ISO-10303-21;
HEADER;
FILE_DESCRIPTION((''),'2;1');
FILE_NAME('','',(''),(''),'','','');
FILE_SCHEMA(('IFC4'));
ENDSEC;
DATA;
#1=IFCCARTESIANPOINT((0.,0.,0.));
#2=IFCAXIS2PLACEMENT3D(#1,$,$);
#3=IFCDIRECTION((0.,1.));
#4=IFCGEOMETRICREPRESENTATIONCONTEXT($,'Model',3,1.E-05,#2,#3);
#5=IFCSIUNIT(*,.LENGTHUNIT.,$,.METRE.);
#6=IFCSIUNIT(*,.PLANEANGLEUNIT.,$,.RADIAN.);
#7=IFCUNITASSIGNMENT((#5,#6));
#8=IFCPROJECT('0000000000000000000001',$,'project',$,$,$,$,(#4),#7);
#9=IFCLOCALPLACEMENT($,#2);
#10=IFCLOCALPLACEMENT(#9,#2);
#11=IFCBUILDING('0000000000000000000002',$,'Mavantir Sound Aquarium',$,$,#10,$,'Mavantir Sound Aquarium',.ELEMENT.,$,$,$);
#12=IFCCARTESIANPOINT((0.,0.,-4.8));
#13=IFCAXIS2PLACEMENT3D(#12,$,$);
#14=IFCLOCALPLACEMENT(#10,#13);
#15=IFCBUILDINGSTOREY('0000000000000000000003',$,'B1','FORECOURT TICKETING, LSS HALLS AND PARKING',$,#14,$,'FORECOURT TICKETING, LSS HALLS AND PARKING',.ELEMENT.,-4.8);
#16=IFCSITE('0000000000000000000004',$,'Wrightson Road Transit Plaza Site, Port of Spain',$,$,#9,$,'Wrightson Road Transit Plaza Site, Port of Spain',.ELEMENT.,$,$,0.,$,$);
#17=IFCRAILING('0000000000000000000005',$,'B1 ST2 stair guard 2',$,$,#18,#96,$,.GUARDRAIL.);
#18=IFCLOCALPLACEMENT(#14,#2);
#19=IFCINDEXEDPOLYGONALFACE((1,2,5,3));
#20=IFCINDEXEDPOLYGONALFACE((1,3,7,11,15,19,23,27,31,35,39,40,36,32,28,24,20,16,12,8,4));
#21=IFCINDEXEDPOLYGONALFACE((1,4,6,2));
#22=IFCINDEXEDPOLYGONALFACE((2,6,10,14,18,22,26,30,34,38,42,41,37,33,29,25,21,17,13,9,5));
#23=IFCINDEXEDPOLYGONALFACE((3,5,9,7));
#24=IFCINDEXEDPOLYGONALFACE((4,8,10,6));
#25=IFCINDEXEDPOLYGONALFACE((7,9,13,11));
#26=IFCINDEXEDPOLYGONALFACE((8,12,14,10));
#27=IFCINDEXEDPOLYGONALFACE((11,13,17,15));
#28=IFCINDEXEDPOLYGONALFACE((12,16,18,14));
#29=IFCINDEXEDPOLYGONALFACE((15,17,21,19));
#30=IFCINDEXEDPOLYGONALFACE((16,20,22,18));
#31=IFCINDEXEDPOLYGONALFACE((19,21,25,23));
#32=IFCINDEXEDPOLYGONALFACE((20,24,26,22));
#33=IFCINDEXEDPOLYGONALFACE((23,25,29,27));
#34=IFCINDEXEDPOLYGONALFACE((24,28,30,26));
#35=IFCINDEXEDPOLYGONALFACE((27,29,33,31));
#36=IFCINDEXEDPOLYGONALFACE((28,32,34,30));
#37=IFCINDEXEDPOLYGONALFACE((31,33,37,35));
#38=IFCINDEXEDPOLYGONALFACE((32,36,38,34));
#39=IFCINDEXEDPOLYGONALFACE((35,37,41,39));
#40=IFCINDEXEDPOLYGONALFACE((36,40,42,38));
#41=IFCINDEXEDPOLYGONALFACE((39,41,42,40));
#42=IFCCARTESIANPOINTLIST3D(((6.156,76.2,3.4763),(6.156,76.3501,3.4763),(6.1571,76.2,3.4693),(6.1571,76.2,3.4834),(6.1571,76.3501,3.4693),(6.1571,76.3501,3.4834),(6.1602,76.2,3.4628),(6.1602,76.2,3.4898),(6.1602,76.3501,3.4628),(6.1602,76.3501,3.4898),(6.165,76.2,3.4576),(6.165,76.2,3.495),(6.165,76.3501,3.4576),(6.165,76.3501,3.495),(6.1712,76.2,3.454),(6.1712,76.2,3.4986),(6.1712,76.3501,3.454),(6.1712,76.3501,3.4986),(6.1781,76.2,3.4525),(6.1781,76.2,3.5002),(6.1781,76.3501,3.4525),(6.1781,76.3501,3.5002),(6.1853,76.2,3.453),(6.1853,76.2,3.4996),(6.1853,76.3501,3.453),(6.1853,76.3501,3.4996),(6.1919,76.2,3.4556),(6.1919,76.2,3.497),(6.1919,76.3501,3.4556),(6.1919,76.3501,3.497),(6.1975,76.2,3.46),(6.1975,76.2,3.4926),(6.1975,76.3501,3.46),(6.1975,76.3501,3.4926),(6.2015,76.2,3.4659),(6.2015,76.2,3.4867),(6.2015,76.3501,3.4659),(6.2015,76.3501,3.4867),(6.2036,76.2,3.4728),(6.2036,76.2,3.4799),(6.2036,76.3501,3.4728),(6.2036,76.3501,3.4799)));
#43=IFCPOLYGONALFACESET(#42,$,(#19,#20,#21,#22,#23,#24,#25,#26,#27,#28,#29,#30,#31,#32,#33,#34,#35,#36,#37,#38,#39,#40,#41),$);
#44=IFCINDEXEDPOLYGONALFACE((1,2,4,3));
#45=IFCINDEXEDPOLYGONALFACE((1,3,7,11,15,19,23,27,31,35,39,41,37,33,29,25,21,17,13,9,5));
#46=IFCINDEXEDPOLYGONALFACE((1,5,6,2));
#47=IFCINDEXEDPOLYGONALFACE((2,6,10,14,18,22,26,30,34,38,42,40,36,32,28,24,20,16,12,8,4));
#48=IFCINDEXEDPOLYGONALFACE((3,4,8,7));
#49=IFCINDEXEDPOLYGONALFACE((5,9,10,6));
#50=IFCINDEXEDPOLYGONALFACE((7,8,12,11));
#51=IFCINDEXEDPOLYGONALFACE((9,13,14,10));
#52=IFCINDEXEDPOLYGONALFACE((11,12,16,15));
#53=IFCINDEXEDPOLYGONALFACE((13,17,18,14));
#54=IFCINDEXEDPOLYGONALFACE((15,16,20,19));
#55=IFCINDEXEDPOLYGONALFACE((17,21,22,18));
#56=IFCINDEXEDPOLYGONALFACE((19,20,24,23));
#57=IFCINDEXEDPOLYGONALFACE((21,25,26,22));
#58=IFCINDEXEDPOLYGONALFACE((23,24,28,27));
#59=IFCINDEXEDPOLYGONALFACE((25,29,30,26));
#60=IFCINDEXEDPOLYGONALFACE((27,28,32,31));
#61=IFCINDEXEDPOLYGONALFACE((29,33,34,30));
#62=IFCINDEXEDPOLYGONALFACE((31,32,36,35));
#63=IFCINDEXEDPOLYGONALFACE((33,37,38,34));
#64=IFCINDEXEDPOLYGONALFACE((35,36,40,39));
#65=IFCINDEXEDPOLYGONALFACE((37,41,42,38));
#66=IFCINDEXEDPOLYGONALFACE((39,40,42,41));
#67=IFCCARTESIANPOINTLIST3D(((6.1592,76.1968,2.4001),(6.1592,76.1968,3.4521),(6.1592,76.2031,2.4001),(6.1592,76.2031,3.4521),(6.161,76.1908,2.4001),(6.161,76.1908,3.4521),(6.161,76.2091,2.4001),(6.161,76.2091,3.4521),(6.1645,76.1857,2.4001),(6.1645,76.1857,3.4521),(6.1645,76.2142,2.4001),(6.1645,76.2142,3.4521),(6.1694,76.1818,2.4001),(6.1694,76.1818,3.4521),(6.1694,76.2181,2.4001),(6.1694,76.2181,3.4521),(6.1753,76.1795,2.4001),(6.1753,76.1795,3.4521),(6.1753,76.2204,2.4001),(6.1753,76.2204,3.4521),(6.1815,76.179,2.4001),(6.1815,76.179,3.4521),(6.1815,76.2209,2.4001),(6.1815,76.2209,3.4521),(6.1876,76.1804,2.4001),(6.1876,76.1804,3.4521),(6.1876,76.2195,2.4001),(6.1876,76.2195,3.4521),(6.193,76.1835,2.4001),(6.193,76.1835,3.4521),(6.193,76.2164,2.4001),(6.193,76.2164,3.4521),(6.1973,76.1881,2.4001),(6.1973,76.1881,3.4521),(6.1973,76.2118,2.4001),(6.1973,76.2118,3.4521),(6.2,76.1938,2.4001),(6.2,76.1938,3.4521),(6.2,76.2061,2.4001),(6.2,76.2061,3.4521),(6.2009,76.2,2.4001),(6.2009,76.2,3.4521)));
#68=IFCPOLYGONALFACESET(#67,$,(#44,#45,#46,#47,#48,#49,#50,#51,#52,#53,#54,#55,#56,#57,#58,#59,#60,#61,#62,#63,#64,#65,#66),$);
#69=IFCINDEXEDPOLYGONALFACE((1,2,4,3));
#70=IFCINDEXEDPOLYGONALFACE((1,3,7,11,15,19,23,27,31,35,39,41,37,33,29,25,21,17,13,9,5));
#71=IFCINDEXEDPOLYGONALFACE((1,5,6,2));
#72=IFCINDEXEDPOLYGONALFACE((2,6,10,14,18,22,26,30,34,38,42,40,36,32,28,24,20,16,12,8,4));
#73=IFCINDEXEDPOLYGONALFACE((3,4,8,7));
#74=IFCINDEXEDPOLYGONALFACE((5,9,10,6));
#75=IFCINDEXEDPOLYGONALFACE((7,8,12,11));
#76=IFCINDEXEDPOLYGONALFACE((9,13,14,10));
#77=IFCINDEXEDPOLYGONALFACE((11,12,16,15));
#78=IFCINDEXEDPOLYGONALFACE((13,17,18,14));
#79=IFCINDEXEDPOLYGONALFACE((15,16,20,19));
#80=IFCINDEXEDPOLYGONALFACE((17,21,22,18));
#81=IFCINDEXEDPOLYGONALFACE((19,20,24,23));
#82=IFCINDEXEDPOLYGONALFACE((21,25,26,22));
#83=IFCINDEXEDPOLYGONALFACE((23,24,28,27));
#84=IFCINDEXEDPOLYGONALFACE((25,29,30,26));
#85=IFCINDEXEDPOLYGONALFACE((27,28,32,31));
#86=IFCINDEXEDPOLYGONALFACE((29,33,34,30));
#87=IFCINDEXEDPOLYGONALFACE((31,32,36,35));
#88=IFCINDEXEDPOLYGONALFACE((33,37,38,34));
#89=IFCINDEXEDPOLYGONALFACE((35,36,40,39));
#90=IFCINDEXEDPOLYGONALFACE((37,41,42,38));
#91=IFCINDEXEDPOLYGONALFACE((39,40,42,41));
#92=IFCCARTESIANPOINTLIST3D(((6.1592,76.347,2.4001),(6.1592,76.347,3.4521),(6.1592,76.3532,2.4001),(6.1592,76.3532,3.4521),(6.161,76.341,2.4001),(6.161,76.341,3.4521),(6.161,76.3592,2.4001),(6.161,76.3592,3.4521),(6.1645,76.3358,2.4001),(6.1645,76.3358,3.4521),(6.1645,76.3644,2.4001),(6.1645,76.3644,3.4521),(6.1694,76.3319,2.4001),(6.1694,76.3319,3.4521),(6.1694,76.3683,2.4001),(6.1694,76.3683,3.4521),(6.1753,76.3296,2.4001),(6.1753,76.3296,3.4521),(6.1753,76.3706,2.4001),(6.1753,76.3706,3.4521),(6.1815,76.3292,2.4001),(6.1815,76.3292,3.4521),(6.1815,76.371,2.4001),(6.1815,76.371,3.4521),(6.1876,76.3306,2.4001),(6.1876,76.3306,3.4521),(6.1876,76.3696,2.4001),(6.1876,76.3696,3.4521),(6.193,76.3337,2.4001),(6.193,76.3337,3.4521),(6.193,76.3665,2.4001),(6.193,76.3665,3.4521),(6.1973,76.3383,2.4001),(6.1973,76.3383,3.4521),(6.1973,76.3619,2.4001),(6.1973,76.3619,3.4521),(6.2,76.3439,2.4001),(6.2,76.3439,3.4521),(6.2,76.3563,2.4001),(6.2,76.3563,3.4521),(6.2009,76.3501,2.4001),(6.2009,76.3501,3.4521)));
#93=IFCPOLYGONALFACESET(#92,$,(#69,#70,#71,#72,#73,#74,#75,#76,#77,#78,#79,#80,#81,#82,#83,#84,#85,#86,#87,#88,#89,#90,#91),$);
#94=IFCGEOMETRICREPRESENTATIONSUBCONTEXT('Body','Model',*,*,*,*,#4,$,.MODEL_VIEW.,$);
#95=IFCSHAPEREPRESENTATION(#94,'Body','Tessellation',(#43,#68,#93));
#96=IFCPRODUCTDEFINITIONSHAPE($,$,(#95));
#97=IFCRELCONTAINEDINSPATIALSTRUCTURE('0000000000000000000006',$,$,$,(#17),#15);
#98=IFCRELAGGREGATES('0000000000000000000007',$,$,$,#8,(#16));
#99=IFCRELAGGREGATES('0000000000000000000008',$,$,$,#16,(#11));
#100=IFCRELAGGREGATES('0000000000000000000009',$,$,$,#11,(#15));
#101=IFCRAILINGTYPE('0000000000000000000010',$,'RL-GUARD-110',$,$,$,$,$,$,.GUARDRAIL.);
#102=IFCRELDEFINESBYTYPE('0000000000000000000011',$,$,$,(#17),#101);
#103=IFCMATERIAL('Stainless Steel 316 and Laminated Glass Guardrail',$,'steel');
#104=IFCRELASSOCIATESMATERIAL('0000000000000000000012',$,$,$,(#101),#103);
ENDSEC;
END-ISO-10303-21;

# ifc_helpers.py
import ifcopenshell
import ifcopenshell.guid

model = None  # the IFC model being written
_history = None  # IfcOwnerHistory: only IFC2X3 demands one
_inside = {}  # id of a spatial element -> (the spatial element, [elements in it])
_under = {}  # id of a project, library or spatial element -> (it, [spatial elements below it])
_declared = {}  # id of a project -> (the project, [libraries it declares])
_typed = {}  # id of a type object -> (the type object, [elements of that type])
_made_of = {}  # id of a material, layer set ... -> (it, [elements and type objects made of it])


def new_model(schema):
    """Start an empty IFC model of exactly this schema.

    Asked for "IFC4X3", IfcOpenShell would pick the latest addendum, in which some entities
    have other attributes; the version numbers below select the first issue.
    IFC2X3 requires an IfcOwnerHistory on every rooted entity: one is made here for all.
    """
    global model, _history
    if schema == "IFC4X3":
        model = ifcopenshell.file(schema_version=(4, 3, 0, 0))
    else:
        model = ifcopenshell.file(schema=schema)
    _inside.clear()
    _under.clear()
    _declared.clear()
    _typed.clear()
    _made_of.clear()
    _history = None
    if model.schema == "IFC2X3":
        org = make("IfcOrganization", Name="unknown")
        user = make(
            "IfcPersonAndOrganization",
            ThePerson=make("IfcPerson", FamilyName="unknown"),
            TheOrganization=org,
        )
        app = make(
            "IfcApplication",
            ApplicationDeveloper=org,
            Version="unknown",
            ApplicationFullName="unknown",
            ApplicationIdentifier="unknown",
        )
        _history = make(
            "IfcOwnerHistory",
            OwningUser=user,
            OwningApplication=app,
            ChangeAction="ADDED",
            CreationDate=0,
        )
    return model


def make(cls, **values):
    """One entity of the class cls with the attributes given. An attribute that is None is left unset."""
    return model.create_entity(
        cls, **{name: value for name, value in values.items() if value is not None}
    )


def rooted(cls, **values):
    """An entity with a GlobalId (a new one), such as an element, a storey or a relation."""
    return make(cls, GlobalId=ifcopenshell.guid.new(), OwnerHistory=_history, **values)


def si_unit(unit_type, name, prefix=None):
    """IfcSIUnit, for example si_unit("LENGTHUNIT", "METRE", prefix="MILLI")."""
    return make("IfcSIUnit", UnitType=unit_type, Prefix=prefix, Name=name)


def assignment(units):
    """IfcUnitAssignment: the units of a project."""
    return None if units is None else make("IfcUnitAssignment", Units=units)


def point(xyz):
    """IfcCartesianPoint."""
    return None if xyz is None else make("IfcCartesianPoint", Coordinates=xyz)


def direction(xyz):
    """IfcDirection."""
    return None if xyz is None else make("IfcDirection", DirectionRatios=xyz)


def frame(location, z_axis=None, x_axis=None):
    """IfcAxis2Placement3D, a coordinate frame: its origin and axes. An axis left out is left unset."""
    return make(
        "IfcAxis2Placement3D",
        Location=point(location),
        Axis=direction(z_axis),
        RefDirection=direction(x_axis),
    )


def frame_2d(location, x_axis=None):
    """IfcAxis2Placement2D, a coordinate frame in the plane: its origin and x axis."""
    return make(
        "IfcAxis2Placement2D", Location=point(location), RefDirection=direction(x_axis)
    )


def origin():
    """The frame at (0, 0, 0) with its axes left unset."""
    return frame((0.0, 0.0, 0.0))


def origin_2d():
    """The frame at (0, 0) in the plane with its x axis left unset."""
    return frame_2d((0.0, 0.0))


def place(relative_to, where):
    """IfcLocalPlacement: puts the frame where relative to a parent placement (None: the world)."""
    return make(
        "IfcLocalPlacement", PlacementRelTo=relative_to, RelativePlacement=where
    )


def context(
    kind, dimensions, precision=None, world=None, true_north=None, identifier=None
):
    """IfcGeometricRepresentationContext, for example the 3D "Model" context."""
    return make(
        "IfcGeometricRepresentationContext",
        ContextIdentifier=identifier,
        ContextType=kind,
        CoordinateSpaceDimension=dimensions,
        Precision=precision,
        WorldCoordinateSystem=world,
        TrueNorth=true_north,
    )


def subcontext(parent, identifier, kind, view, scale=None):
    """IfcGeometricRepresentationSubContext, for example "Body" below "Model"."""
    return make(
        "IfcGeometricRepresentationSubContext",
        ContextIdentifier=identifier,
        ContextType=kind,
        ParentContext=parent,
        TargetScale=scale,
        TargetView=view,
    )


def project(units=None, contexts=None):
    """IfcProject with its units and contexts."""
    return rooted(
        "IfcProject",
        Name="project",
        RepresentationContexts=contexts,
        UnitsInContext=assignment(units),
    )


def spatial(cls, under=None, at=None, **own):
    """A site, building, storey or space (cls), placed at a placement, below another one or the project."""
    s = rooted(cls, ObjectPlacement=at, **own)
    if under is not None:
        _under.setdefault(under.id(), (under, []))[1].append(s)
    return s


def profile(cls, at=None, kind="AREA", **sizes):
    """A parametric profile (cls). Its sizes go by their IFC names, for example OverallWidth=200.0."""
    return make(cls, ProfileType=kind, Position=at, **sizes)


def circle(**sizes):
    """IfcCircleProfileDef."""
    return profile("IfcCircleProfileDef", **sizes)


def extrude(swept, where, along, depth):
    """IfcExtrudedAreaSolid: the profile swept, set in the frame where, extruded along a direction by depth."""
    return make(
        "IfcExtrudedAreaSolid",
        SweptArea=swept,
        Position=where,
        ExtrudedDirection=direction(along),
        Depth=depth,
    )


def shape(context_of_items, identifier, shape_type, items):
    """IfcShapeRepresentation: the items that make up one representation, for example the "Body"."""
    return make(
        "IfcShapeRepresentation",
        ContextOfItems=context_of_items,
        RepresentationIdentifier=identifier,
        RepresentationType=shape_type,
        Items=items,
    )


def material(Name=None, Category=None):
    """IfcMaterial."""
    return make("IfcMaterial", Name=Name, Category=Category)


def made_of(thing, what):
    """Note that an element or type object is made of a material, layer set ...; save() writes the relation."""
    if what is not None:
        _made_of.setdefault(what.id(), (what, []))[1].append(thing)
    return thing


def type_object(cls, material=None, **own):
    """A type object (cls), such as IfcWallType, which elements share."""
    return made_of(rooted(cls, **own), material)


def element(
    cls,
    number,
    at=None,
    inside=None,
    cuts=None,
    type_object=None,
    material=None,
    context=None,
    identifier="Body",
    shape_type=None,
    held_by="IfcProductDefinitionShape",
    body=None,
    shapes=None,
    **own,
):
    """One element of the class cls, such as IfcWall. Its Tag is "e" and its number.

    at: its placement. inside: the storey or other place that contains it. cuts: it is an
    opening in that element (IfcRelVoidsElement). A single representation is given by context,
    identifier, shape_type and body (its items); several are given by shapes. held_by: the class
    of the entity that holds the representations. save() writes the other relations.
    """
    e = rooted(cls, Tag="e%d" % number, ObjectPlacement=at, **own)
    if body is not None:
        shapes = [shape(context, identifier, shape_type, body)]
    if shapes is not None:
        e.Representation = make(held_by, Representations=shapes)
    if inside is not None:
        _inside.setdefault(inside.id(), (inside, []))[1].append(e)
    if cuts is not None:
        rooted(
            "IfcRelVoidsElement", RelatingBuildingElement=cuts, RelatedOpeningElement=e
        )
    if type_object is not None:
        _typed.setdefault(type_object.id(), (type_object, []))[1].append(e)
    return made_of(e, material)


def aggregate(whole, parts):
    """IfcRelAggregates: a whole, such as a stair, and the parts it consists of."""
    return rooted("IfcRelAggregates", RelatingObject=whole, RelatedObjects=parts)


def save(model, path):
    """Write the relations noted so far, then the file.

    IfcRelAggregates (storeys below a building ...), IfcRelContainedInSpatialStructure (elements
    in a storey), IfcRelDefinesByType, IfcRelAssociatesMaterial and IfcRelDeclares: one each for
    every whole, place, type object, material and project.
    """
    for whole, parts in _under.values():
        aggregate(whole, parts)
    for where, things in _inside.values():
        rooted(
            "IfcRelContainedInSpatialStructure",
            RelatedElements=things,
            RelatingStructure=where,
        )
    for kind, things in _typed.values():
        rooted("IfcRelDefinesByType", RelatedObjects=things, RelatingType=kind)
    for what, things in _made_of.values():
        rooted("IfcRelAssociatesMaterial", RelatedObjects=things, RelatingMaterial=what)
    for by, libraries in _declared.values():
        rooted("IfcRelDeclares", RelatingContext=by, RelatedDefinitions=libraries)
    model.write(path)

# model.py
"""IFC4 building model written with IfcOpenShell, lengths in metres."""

from ifc_helpers import new_model, si_unit, direction, frame, origin, origin_2d, place, context, subcontext, project, spatial, circle, extrude, material, type_object, element, save


model = new_model("IFC4")

# Units and contexts
model_context = context("Model", 3, precision=1e-05, world=origin(), true_north=direction((0.0, 1.0)))
body_context = subcontext(model_context, "Body", "Model", "MODEL_VIEW")
ifc_project = project(units=[si_unit("LENGTHUNIT", "METRE"), si_unit("PLANEANGLEUNIT", "RADIAN")], contexts=[model_context])

# Site, building, storey
site_placement = place(None, origin())
site = spatial("IfcSite", under=ifc_project, at=site_placement, Name="Wrightson Road Transit Plaza Site, Port of Spain", LongName="Wrightson Road Transit Plaza Site, Port of Spain", CompositionType="ELEMENT", RefElevation=0.0)
building_placement = place(site_placement, origin())
building = spatial("IfcBuilding", under=site, at=building_placement, Name="Mavantir Sound Aquarium", LongName="Mavantir Sound Aquarium", CompositionType="ELEMENT")
storey_placement = place(building_placement, frame((0.0, 0.0, -4.8)))
storey = spatial("IfcBuildingStorey", under=building, at=storey_placement, Name="B1", Description="FORECOURT TICKETING, LSS HALLS AND PARKING", LongName="FORECOURT TICKETING, LSS HALLS AND PARKING", CompositionType="ELEMENT", Elevation=-4.8)

# Railing
ifc_material_1 = material(Name="Stainless Steel 316 and Laminated Glass Guardrail", Category="steel")
railing_type_1 = type_object("IfcRailingType", Name="RL-GUARD-110", PredefinedType="GUARDRAIL", material=ifc_material_1)
railing_1_placement = place(storey_placement, frame((6.1799, 76.2, 2.4001)))
element("IfcRailing", 1, at=railing_1_placement, inside=storey, type_object=railing_type_1, Name="B1 ST2 stair guard 2", PredefinedType="GUARDRAIL", context=body_context, shape_type="SweptSolid", body=[
    extrude(circle(Radius=0.0239, at=origin_2d()), frame((0.0, 0.0, 1.0762), z_axis=(0.0, 1.0, 0.0), x_axis=(-1.0, 0.0, 0.0)), (0.0, 0.0, 1.0), 0.1501),
    extrude(circle(Radius=0.021, at=origin_2d()), origin(), (0.0, 0.0, 1.0), 1.052),
    extrude(circle(Radius=0.021, at=origin_2d()), frame((0.0, 0.1501, 0.0)), (0.0, 0.0, 1.0), 1.052),
])

save(model, "model.ifc")
